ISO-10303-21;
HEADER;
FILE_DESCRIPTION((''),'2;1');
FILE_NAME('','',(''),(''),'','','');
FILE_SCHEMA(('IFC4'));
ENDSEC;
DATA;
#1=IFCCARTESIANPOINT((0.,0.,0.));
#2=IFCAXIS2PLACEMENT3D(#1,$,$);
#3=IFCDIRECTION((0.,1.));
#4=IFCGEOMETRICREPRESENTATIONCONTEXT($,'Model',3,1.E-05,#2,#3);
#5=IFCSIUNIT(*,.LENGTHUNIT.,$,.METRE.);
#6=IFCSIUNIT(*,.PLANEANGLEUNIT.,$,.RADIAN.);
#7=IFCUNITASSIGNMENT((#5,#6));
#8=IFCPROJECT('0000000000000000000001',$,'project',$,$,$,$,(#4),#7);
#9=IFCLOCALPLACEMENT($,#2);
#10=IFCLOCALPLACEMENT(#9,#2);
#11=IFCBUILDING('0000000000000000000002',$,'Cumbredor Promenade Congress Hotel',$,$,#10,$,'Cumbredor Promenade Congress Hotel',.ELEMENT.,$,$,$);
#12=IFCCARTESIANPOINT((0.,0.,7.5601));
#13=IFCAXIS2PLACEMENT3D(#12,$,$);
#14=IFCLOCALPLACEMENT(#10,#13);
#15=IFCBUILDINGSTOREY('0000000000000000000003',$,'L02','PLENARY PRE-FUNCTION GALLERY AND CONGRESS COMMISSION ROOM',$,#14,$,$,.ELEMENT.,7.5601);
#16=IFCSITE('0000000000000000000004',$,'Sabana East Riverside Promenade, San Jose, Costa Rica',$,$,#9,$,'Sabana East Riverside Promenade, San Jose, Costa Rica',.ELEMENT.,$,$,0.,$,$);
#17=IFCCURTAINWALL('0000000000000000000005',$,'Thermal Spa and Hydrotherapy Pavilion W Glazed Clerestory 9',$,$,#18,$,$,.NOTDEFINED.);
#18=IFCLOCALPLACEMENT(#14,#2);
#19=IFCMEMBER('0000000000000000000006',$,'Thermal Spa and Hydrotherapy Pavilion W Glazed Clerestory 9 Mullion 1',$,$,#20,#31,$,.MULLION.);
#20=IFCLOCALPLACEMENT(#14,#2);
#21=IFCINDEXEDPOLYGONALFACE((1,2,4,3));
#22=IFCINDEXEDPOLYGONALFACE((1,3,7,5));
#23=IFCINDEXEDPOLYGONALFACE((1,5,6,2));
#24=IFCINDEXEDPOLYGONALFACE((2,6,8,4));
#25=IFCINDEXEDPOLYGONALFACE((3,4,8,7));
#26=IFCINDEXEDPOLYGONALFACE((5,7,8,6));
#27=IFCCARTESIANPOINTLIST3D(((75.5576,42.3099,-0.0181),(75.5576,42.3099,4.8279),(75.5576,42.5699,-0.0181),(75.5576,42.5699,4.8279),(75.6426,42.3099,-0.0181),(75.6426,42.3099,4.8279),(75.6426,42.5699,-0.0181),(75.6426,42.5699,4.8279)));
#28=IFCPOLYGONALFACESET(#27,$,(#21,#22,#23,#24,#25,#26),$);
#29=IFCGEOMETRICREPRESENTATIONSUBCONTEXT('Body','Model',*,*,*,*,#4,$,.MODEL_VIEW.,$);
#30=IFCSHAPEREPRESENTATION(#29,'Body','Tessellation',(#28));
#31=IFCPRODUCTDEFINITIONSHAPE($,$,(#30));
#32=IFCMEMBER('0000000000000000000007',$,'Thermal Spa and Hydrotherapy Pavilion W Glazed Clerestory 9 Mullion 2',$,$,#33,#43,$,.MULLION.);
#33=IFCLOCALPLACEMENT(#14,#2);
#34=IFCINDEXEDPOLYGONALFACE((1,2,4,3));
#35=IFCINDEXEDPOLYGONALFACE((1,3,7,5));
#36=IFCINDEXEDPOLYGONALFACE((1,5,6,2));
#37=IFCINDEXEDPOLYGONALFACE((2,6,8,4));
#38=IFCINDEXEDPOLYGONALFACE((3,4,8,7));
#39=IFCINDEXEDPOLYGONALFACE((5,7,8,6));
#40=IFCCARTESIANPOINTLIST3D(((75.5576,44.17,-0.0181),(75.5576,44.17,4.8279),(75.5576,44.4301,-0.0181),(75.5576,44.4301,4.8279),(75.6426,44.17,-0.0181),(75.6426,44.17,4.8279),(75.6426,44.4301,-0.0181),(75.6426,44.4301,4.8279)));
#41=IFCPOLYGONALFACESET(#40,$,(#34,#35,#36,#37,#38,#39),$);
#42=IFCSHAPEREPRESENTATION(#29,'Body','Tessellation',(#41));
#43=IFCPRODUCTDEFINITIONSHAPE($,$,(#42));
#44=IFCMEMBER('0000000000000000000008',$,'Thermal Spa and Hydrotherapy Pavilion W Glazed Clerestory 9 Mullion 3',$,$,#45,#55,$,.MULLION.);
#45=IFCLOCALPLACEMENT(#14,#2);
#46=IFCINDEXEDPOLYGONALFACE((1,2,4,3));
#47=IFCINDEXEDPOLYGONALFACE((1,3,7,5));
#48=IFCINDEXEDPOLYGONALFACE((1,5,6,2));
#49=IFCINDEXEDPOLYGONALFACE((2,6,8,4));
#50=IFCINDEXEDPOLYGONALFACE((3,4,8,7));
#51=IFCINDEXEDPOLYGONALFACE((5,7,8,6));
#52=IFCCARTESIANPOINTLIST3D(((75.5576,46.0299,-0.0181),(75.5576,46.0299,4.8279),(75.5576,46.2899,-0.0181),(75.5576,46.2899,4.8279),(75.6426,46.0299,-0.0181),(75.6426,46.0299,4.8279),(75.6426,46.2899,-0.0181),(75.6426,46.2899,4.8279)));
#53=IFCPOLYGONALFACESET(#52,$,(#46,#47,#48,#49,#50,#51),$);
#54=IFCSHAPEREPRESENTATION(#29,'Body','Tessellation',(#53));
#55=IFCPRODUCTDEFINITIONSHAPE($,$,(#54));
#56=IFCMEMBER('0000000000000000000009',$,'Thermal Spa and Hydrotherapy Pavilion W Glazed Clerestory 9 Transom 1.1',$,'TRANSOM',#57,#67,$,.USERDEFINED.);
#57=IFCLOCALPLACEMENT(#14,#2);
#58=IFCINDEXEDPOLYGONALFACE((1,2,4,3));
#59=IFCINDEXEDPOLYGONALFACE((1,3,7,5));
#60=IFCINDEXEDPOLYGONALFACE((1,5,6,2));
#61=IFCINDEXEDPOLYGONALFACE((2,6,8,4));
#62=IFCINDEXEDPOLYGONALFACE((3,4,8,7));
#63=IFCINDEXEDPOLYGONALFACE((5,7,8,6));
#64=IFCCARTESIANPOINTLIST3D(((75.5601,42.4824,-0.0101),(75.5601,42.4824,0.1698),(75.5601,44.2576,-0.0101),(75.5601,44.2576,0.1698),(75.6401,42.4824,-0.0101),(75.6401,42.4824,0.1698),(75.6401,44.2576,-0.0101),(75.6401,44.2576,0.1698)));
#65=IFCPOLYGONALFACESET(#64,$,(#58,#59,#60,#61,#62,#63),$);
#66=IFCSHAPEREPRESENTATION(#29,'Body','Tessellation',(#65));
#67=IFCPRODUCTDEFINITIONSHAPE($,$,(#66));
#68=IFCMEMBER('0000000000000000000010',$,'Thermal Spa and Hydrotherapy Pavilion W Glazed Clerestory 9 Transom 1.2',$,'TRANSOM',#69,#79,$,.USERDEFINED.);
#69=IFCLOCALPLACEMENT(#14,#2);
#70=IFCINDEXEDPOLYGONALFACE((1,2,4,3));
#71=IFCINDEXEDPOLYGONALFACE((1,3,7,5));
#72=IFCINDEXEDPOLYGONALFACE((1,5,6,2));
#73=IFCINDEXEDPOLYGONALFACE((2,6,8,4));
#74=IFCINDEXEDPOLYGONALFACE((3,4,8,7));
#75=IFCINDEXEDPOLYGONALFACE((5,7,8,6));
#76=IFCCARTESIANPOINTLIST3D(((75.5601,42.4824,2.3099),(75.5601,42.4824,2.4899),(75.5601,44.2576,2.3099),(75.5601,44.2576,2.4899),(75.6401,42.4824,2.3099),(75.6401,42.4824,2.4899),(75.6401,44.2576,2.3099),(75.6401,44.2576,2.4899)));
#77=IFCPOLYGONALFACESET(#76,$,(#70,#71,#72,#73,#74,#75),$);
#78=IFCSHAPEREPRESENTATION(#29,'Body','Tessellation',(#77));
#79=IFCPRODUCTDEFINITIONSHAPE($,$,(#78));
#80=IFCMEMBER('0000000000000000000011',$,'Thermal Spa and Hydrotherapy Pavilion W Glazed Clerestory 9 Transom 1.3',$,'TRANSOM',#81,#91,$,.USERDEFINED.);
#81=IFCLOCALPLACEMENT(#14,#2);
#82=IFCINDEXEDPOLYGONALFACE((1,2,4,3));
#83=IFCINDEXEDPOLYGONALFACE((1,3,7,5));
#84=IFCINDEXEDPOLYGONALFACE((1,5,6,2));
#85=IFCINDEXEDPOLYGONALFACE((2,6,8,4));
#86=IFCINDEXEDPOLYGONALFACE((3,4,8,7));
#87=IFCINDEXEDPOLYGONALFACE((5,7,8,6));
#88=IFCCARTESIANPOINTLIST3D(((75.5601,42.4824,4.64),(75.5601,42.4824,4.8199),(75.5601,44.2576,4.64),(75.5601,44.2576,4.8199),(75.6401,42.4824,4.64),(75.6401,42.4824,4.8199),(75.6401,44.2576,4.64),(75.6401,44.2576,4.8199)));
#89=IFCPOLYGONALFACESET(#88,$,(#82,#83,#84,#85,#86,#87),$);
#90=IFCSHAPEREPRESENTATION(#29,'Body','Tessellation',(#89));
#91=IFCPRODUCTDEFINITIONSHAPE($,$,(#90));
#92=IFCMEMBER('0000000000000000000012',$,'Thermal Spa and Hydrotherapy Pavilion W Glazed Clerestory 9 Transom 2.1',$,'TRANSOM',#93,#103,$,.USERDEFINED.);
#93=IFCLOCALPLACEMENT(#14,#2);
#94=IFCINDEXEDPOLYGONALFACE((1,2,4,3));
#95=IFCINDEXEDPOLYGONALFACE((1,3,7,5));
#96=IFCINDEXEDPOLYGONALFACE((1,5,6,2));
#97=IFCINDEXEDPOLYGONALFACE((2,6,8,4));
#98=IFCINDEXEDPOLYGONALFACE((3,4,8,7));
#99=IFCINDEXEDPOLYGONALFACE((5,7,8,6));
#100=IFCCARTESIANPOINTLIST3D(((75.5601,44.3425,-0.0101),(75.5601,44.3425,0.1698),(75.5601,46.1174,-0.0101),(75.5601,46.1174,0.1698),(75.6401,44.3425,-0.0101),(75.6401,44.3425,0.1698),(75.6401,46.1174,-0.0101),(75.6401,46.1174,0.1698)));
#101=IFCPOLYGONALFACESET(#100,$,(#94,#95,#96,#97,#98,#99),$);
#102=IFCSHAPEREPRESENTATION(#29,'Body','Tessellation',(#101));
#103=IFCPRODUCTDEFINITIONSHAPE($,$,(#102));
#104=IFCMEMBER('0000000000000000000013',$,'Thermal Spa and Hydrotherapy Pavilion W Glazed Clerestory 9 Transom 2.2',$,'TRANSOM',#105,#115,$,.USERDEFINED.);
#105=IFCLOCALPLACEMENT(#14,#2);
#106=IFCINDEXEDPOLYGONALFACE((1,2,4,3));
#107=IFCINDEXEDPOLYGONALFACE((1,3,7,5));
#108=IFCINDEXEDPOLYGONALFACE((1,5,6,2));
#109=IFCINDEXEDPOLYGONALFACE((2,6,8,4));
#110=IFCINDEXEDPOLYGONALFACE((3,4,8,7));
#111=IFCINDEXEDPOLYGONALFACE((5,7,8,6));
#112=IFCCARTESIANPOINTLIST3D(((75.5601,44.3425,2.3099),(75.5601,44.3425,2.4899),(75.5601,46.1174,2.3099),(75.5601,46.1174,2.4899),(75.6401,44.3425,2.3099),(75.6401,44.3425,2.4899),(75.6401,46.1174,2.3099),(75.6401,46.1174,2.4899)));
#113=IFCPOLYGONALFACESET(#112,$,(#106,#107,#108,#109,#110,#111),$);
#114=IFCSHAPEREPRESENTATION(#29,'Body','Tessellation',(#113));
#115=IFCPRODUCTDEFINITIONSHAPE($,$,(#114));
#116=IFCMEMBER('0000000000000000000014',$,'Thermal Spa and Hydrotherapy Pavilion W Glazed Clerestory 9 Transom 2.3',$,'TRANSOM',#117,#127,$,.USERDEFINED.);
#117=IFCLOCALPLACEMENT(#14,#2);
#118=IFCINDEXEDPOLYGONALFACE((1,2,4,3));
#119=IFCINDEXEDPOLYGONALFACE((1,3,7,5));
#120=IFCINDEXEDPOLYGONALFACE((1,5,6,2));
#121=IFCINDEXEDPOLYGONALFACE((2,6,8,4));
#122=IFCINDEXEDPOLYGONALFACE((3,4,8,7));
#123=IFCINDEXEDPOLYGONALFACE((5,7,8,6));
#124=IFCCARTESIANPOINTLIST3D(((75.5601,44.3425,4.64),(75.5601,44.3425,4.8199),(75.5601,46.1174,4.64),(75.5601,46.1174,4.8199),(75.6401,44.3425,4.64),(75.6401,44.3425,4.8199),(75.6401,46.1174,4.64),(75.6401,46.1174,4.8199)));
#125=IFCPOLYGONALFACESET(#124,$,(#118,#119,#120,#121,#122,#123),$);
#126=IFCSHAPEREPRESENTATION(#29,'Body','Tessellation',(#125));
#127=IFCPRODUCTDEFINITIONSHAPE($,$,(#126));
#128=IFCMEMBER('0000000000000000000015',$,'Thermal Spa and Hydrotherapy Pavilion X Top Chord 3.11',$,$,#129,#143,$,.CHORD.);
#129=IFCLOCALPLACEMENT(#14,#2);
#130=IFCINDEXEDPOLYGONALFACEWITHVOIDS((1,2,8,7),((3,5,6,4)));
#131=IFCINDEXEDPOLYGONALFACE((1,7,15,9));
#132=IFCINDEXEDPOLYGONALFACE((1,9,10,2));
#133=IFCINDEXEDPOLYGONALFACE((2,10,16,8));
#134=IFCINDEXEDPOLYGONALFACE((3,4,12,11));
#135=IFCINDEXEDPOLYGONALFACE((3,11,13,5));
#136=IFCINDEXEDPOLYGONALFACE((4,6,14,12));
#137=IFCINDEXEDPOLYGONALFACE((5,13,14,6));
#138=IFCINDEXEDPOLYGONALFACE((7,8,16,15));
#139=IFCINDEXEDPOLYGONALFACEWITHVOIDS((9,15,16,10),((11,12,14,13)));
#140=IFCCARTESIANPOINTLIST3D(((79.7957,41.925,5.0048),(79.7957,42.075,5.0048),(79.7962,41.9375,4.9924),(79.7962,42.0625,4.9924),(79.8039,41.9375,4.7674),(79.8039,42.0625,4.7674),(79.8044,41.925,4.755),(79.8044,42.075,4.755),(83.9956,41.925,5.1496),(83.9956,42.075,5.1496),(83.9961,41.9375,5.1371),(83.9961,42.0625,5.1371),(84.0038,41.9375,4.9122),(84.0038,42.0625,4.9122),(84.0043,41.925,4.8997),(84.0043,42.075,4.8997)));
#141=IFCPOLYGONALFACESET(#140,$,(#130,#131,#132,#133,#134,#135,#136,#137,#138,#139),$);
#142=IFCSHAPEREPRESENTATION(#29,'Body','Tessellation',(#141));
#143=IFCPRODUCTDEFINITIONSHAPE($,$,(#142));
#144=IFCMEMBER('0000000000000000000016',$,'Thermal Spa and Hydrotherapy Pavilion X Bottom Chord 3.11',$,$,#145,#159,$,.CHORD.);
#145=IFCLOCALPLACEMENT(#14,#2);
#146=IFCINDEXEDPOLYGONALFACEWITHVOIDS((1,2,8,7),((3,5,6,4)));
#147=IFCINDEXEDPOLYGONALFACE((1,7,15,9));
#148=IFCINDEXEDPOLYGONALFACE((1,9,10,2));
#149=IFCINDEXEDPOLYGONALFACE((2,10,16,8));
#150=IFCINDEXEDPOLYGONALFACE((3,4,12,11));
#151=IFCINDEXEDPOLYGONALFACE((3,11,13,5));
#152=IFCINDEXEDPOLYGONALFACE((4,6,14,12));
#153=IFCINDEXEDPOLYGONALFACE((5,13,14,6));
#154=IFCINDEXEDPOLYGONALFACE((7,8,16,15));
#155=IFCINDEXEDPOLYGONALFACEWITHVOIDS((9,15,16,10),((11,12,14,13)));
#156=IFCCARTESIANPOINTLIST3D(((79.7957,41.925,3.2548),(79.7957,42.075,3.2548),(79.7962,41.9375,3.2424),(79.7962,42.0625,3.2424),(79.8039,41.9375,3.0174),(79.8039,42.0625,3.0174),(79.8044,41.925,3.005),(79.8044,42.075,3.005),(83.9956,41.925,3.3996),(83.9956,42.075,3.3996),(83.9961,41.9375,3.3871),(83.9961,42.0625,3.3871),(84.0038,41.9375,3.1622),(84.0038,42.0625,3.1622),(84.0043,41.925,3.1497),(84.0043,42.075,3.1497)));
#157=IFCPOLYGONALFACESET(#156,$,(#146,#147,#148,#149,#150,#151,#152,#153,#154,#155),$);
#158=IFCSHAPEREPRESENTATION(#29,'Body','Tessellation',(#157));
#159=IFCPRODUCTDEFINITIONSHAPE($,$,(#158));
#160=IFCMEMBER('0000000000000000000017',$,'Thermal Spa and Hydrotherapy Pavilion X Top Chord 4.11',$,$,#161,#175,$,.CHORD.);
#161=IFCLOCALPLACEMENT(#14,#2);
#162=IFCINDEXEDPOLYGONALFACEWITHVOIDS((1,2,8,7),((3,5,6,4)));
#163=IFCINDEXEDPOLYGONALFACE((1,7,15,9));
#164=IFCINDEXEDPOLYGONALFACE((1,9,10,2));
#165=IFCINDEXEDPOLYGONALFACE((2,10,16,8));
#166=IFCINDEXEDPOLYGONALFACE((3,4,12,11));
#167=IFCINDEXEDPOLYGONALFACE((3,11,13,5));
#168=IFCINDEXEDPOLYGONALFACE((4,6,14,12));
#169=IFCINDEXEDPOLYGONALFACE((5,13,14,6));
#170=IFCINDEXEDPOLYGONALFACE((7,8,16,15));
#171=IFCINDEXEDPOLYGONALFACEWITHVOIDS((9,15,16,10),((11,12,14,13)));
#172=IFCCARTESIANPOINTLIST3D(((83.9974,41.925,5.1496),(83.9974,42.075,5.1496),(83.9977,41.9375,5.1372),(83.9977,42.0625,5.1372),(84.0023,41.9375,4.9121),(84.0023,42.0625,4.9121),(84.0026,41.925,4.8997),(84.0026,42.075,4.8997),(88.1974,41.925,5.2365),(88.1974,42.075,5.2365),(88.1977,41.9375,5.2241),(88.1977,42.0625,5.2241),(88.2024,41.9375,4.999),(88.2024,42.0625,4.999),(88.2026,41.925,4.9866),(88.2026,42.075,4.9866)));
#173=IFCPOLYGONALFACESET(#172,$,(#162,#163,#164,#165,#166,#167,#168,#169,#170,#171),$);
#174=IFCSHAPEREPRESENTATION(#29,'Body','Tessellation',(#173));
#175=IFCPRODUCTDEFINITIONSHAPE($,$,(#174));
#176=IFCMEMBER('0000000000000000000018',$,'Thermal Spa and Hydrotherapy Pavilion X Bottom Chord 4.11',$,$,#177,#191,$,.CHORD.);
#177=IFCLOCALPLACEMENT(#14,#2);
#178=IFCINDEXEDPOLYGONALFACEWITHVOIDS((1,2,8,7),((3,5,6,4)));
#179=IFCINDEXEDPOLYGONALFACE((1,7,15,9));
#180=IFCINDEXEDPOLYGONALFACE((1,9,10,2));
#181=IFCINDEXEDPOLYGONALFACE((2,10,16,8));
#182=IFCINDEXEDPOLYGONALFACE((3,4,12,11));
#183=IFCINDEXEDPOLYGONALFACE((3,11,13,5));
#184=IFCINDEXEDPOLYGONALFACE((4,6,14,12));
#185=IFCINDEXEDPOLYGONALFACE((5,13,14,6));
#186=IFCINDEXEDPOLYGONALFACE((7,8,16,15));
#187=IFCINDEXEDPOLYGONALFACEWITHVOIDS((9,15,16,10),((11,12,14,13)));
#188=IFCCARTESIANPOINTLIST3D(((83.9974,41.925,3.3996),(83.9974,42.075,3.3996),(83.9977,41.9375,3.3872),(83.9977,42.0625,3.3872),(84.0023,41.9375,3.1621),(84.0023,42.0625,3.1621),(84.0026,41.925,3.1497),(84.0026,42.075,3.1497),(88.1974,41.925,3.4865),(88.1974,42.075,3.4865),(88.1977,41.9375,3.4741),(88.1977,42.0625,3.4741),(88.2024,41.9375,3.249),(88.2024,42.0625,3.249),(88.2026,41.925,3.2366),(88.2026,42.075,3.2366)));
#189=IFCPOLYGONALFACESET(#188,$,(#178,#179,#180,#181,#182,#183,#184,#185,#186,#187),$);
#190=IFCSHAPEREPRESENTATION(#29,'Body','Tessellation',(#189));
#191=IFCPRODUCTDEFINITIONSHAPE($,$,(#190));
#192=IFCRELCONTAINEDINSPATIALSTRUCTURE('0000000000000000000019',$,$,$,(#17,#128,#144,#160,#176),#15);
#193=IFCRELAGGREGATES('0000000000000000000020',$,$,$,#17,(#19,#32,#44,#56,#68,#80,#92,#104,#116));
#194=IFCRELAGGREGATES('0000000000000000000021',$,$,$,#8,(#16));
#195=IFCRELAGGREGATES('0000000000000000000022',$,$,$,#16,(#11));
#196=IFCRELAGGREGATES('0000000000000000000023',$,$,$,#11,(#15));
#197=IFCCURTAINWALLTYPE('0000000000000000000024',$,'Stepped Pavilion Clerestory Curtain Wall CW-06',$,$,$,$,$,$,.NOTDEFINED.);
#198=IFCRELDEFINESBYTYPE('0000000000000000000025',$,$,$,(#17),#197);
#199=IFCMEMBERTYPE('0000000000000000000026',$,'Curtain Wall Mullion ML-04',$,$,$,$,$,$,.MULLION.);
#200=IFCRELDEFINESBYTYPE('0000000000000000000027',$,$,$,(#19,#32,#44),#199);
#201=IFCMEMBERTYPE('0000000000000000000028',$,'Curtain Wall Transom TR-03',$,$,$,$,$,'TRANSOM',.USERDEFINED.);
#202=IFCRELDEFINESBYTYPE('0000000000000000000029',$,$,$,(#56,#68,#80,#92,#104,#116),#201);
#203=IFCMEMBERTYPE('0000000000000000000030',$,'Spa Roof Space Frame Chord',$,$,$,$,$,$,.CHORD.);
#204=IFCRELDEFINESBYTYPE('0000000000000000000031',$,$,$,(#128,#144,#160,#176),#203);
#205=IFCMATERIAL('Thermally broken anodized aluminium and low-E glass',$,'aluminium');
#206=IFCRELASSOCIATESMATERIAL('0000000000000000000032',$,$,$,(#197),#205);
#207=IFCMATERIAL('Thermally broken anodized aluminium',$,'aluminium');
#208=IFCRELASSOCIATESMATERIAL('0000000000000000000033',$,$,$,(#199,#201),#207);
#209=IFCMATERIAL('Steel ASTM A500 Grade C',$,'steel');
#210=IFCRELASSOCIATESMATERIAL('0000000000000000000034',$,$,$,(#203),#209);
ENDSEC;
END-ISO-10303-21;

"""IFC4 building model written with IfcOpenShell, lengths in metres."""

from ifc_helpers import new_model, si_unit, direction, frame, origin, origin_2d, place, context, subcontext, project, spatial, rectangle, hollow_rectangle, extrude, material, material_profile, profile_set, type_object, element, aggregate, save


model = new_model("IFC4")

# Units and contexts
model_context = context("Model", 3, precision=1e-05, world=origin(), true_north=direction((0.0, 1.0)))
body_context = subcontext(model_context, "Body", "Model", "MODEL_VIEW")
ifc_project = project(units=[si_unit("LENGTHUNIT", "METRE"), si_unit("PLANEANGLEUNIT", "RADIAN")], contexts=[model_context])

# Site, building, storey
site_placement = place(None, origin())
site = spatial("IfcSite", under=ifc_project, at=site_placement, Name="Sabana East Riverside Promenade, San Jose, Costa Rica", LongName="Sabana East Riverside Promenade, San Jose, Costa Rica", CompositionType="ELEMENT", RefElevation=0.0)
building_placement = place(site_placement, origin())
building = spatial("IfcBuilding", under=site, at=building_placement, Name="Cumbredor Promenade Congress Hotel", LongName="Cumbredor Promenade Congress Hotel", CompositionType="ELEMENT")
storey_placement = place(building_placement, frame((0.0, 0.0, 7.5601)))
storey = spatial("IfcBuildingStorey", under=building, at=storey_placement, Name="L02", Description="PLENARY PRE-FUNCTION GALLERY AND CONGRESS COMMISSION ROOM", CompositionType="ELEMENT", Elevation=7.5601)

# Curtain wall, members
ifc_material_1 = material(Name="Thermally broken anodized aluminium and low-E glass", Category="aluminium")
curtain_wall_type = type_object("IfcCurtainWallType", Name="Stepped Pavilion Clerestory Curtain Wall CW-06", PredefinedType="NOTDEFINED", material=ifc_material_1)
curtain_wall_placement = place(storey_placement, origin())
curtain_wall = element("IfcCurtainWall", 1, at=curtain_wall_placement, inside=storey, type_object=curtain_wall_type, Name="Thermal Spa and Hydrotherapy Pavilion W Glazed Clerestory 9", PredefinedType="NOTDEFINED")
ifc_material_2 = material(Name="Thermally broken anodized aluminium", Category="aluminium")
ifc_material_profile_1 = material_profile(ifc_material_2, rectangle(XDim=0.085, YDim=0.26, at=origin_2d()), Name="ALU MULLION CLERESTORY 85x260")
ifc_profile_set_1 = profile_set([ifc_material_profile_1], Name="Thermally broken anodized aluminium")
member_type_1 = type_object("IfcMemberType", Name="Curtain Wall Mullion ML-04", PredefinedType="MULLION", material=ifc_profile_set_1)
member_1_placement = place(storey_placement, frame((75.6001, 42.4399, -0.0181), z_axis=(0.0, 0.0, 1.0), x_axis=(1.0, 0.0, 0.0)))
member_1 = element("IfcMember", 2, at=member_1_placement, type_object=member_type_1, Name="Thermal Spa and Hydrotherapy Pavilion W Glazed Clerestory 9 Mullion 1", PredefinedType="MULLION", context=body_context, shape_type="SweptSolid", body=[
    extrude(rectangle(XDim=0.085, YDim=0.26, at=origin_2d()), origin(), (0.0, 0.0, 1.0), 4.8459),
])
member_2_placement = place(storey_placement, frame((75.6001, 44.3, -0.0181), z_axis=(0.0, 0.0, 1.0), x_axis=(1.0, 0.0, 0.0)))
member_2 = element("IfcMember", 3, at=member_2_placement, type_object=member_type_1, Name="Thermal Spa and Hydrotherapy Pavilion W Glazed Clerestory 9 Mullion 2", PredefinedType="MULLION", context=body_context, shape_type="SweptSolid", body=[
    extrude(rectangle(XDim=0.085, YDim=0.26, at=origin_2d()), origin(), (0.0, 0.0, 1.0), 4.8459),
])
member_3_placement = place(storey_placement, frame((75.6001, 46.1599, -0.0181), z_axis=(0.0, 0.0, 1.0), x_axis=(1.0, 0.0, 0.0)))
member_3 = element("IfcMember", 4, at=member_3_placement, type_object=member_type_1, Name="Thermal Spa and Hydrotherapy Pavilion W Glazed Clerestory 9 Mullion 3", PredefinedType="MULLION", context=body_context, shape_type="SweptSolid", body=[
    extrude(rectangle(XDim=0.085, YDim=0.26, at=origin_2d()), origin(), (0.0, 0.0, 1.0), 4.8459),
])
ifc_material_profile_2 = material_profile(ifc_material_2, rectangle(XDim=0.0801, YDim=0.1799, at=origin_2d()), Name="ALU TRANSOM 80x180")
ifc_profile_set_2 = profile_set([ifc_material_profile_2], Name="Thermally broken anodized aluminium")
member_type_2 = type_object("IfcMemberType", Name="Curtain Wall Transom TR-03", ElementType="TRANSOM", PredefinedType="USERDEFINED", material=ifc_profile_set_2)
member_4_placement = place(storey_placement, frame((75.6001, 42.4824, 0.0798), z_axis=(0.0, 1.0, 0.0), x_axis=(-1.0, 0.0, 0.0)))
member_4 = element("IfcMember", 5, at=member_4_placement, type_object=member_type_2, Name="Thermal Spa and Hydrotherapy Pavilion W Glazed Clerestory 9 Transom 1.1", ObjectType="TRANSOM", PredefinedType="USERDEFINED", context=body_context, shape_type="SweptSolid", body=[
    extrude(rectangle(XDim=0.0801, YDim=0.1799, at=origin_2d()), origin(), (0.0, 0.0, 1.0), 1.7751),
])
member_5_placement = place(storey_placement, frame((75.6001, 42.4824, 2.3999), z_axis=(0.0, 1.0, 0.0), x_axis=(-1.0, 0.0, 0.0)))
member_5 = element("IfcMember", 6, at=member_5_placement, type_object=member_type_2, Name="Thermal Spa and Hydrotherapy Pavilion W Glazed Clerestory 9 Transom 1.2", ObjectType="TRANSOM", PredefinedType="USERDEFINED", context=body_context, shape_type="SweptSolid", body=[
    extrude(rectangle(XDim=0.0801, YDim=0.1799, at=origin_2d()), origin(), (0.0, 0.0, 1.0), 1.7751),
])
member_6_placement = place(storey_placement, frame((75.6001, 42.4824, 4.73), z_axis=(0.0, 1.0, 0.0), x_axis=(-1.0, 0.0, 0.0)))
member_6 = element("IfcMember", 7, at=member_6_placement, type_object=member_type_2, Name="Thermal Spa and Hydrotherapy Pavilion W Glazed Clerestory 9 Transom 1.3", ObjectType="TRANSOM", PredefinedType="USERDEFINED", context=body_context, shape_type="SweptSolid", body=[
    extrude(rectangle(XDim=0.0801, YDim=0.1799, at=origin_2d()), origin(), (0.0, 0.0, 1.0), 1.7751),
])
member_7_placement = place(storey_placement, frame((75.6001, 44.3425, 0.0798), z_axis=(0.0, 1.0, 0.0), x_axis=(-1.0, 0.0, 0.0)))
member_7 = element("IfcMember", 8, at=member_7_placement, type_object=member_type_2, Name="Thermal Spa and Hydrotherapy Pavilion W Glazed Clerestory 9 Transom 2.1", ObjectType="TRANSOM", PredefinedType="USERDEFINED", context=body_context, shape_type="SweptSolid", body=[
    extrude(rectangle(XDim=0.0801, YDim=0.1799, at=origin_2d()), origin(), (0.0, 0.0, 1.0), 1.7749),
])
member_8_placement = place(storey_placement, frame((75.6001, 44.3425, 2.3999), z_axis=(0.0, 1.0, 0.0), x_axis=(-1.0, 0.0, 0.0)))
member_8 = element("IfcMember", 9, at=member_8_placement, type_object=member_type_2, Name="Thermal Spa and Hydrotherapy Pavilion W Glazed Clerestory 9 Transom 2.2", ObjectType="TRANSOM", PredefinedType="USERDEFINED", context=body_context, shape_type="SweptSolid", body=[
    extrude(rectangle(XDim=0.0801, YDim=0.1799, at=origin_2d()), origin(), (0.0, 0.0, 1.0), 1.7749),
])
member_9_placement = place(storey_placement, frame((75.6001, 44.3425, 4.73), z_axis=(0.0, 1.0, 0.0), x_axis=(-1.0, 0.0, 0.0)))
member_9 = element("IfcMember", 10, at=member_9_placement, type_object=member_type_2, Name="Thermal Spa and Hydrotherapy Pavilion W Glazed Clerestory 9 Transom 2.3", ObjectType="TRANSOM", PredefinedType="USERDEFINED", context=body_context, shape_type="SweptSolid", body=[
    extrude(rectangle(XDim=0.0801, YDim=0.1799, at=origin_2d()), origin(), (0.0, 0.0, 1.0), 1.7749),
])

# Members
ifc_material_3 = material(Name="Steel ASTM A500 Grade C", Category="steel")
ifc_material_profile_3 = material_profile(ifc_material_3, hollow_rectangle(XDim=0.1499, YDim=0.25, WallThickness=0.0125, at=origin_2d()), Name="HSS 250x150x12.5")
ifc_profile_set_3 = profile_set([ifc_material_profile_3], Name="Steel ASTM A500 Grade C")
member_type_3 = type_object("IfcMemberType", Name="Spa Roof Space Frame Chord", PredefinedType="CHORD", material=ifc_profile_set_3)
for number, where, z_axis, x_axis, name in (
    (11, (79.8, 42.0, 4.8799), (0.999406, 0.0, 0.03445), (0.0, 1.0, 0.0), "Thermal Spa and Hydrotherapy Pavilion X Top Chord 3.11"),
    (12, (79.8, 42.0, 3.1299), (0.999406, 0.0, 0.03445), (0.0, 1.0, 0.0), "Thermal Spa and Hydrotherapy Pavilion X Bottom Chord 3.11"),
):
    element("IfcMember", number, at=place(storey_placement, frame(where, z_axis=z_axis, x_axis=x_axis)), inside=storey, type_object=member_type_3, Name=name, PredefinedType="CHORD", context=body_context, shape_type="SweptSolid", body=[
        extrude(hollow_rectangle(XDim=0.1499, YDim=0.25, WallThickness=0.0125, at=origin_2d()), origin(), (0.0, 0.0, 1.0), 4.2024),
    ])
for number, where, z_axis, x_axis, name in (
    (13, (84.0, 42.0, 5.0247), (0.999786, 0.0, 0.02069), (0.0, 1.0, 0.0), "Thermal Spa and Hydrotherapy Pavilion X Top Chord 4.11"),
    (14, (84.0, 42.0, 3.2747), (0.999786, 0.0, 0.02069), (0.0, 1.0, 0.0), "Thermal Spa and Hydrotherapy Pavilion X Bottom Chord 4.11"),
):
    element("IfcMember", number, at=place(storey_placement, frame(where, z_axis=z_axis, x_axis=x_axis)), inside=storey, type_object=member_type_3, Name=name, PredefinedType="CHORD", context=body_context, shape_type="SweptSolid", body=[
        extrude(hollow_rectangle(XDim=0.1499, YDim=0.25, WallThickness=0.0125, at=origin_2d()), origin(), (0.0, 0.0, 1.0), 4.2009),
    ])

aggregate(curtain_wall, [member_1, member_2, member_3, member_4, member_5, member_6, member_7, member_8, member_9])

save(model, "model.ifc")
